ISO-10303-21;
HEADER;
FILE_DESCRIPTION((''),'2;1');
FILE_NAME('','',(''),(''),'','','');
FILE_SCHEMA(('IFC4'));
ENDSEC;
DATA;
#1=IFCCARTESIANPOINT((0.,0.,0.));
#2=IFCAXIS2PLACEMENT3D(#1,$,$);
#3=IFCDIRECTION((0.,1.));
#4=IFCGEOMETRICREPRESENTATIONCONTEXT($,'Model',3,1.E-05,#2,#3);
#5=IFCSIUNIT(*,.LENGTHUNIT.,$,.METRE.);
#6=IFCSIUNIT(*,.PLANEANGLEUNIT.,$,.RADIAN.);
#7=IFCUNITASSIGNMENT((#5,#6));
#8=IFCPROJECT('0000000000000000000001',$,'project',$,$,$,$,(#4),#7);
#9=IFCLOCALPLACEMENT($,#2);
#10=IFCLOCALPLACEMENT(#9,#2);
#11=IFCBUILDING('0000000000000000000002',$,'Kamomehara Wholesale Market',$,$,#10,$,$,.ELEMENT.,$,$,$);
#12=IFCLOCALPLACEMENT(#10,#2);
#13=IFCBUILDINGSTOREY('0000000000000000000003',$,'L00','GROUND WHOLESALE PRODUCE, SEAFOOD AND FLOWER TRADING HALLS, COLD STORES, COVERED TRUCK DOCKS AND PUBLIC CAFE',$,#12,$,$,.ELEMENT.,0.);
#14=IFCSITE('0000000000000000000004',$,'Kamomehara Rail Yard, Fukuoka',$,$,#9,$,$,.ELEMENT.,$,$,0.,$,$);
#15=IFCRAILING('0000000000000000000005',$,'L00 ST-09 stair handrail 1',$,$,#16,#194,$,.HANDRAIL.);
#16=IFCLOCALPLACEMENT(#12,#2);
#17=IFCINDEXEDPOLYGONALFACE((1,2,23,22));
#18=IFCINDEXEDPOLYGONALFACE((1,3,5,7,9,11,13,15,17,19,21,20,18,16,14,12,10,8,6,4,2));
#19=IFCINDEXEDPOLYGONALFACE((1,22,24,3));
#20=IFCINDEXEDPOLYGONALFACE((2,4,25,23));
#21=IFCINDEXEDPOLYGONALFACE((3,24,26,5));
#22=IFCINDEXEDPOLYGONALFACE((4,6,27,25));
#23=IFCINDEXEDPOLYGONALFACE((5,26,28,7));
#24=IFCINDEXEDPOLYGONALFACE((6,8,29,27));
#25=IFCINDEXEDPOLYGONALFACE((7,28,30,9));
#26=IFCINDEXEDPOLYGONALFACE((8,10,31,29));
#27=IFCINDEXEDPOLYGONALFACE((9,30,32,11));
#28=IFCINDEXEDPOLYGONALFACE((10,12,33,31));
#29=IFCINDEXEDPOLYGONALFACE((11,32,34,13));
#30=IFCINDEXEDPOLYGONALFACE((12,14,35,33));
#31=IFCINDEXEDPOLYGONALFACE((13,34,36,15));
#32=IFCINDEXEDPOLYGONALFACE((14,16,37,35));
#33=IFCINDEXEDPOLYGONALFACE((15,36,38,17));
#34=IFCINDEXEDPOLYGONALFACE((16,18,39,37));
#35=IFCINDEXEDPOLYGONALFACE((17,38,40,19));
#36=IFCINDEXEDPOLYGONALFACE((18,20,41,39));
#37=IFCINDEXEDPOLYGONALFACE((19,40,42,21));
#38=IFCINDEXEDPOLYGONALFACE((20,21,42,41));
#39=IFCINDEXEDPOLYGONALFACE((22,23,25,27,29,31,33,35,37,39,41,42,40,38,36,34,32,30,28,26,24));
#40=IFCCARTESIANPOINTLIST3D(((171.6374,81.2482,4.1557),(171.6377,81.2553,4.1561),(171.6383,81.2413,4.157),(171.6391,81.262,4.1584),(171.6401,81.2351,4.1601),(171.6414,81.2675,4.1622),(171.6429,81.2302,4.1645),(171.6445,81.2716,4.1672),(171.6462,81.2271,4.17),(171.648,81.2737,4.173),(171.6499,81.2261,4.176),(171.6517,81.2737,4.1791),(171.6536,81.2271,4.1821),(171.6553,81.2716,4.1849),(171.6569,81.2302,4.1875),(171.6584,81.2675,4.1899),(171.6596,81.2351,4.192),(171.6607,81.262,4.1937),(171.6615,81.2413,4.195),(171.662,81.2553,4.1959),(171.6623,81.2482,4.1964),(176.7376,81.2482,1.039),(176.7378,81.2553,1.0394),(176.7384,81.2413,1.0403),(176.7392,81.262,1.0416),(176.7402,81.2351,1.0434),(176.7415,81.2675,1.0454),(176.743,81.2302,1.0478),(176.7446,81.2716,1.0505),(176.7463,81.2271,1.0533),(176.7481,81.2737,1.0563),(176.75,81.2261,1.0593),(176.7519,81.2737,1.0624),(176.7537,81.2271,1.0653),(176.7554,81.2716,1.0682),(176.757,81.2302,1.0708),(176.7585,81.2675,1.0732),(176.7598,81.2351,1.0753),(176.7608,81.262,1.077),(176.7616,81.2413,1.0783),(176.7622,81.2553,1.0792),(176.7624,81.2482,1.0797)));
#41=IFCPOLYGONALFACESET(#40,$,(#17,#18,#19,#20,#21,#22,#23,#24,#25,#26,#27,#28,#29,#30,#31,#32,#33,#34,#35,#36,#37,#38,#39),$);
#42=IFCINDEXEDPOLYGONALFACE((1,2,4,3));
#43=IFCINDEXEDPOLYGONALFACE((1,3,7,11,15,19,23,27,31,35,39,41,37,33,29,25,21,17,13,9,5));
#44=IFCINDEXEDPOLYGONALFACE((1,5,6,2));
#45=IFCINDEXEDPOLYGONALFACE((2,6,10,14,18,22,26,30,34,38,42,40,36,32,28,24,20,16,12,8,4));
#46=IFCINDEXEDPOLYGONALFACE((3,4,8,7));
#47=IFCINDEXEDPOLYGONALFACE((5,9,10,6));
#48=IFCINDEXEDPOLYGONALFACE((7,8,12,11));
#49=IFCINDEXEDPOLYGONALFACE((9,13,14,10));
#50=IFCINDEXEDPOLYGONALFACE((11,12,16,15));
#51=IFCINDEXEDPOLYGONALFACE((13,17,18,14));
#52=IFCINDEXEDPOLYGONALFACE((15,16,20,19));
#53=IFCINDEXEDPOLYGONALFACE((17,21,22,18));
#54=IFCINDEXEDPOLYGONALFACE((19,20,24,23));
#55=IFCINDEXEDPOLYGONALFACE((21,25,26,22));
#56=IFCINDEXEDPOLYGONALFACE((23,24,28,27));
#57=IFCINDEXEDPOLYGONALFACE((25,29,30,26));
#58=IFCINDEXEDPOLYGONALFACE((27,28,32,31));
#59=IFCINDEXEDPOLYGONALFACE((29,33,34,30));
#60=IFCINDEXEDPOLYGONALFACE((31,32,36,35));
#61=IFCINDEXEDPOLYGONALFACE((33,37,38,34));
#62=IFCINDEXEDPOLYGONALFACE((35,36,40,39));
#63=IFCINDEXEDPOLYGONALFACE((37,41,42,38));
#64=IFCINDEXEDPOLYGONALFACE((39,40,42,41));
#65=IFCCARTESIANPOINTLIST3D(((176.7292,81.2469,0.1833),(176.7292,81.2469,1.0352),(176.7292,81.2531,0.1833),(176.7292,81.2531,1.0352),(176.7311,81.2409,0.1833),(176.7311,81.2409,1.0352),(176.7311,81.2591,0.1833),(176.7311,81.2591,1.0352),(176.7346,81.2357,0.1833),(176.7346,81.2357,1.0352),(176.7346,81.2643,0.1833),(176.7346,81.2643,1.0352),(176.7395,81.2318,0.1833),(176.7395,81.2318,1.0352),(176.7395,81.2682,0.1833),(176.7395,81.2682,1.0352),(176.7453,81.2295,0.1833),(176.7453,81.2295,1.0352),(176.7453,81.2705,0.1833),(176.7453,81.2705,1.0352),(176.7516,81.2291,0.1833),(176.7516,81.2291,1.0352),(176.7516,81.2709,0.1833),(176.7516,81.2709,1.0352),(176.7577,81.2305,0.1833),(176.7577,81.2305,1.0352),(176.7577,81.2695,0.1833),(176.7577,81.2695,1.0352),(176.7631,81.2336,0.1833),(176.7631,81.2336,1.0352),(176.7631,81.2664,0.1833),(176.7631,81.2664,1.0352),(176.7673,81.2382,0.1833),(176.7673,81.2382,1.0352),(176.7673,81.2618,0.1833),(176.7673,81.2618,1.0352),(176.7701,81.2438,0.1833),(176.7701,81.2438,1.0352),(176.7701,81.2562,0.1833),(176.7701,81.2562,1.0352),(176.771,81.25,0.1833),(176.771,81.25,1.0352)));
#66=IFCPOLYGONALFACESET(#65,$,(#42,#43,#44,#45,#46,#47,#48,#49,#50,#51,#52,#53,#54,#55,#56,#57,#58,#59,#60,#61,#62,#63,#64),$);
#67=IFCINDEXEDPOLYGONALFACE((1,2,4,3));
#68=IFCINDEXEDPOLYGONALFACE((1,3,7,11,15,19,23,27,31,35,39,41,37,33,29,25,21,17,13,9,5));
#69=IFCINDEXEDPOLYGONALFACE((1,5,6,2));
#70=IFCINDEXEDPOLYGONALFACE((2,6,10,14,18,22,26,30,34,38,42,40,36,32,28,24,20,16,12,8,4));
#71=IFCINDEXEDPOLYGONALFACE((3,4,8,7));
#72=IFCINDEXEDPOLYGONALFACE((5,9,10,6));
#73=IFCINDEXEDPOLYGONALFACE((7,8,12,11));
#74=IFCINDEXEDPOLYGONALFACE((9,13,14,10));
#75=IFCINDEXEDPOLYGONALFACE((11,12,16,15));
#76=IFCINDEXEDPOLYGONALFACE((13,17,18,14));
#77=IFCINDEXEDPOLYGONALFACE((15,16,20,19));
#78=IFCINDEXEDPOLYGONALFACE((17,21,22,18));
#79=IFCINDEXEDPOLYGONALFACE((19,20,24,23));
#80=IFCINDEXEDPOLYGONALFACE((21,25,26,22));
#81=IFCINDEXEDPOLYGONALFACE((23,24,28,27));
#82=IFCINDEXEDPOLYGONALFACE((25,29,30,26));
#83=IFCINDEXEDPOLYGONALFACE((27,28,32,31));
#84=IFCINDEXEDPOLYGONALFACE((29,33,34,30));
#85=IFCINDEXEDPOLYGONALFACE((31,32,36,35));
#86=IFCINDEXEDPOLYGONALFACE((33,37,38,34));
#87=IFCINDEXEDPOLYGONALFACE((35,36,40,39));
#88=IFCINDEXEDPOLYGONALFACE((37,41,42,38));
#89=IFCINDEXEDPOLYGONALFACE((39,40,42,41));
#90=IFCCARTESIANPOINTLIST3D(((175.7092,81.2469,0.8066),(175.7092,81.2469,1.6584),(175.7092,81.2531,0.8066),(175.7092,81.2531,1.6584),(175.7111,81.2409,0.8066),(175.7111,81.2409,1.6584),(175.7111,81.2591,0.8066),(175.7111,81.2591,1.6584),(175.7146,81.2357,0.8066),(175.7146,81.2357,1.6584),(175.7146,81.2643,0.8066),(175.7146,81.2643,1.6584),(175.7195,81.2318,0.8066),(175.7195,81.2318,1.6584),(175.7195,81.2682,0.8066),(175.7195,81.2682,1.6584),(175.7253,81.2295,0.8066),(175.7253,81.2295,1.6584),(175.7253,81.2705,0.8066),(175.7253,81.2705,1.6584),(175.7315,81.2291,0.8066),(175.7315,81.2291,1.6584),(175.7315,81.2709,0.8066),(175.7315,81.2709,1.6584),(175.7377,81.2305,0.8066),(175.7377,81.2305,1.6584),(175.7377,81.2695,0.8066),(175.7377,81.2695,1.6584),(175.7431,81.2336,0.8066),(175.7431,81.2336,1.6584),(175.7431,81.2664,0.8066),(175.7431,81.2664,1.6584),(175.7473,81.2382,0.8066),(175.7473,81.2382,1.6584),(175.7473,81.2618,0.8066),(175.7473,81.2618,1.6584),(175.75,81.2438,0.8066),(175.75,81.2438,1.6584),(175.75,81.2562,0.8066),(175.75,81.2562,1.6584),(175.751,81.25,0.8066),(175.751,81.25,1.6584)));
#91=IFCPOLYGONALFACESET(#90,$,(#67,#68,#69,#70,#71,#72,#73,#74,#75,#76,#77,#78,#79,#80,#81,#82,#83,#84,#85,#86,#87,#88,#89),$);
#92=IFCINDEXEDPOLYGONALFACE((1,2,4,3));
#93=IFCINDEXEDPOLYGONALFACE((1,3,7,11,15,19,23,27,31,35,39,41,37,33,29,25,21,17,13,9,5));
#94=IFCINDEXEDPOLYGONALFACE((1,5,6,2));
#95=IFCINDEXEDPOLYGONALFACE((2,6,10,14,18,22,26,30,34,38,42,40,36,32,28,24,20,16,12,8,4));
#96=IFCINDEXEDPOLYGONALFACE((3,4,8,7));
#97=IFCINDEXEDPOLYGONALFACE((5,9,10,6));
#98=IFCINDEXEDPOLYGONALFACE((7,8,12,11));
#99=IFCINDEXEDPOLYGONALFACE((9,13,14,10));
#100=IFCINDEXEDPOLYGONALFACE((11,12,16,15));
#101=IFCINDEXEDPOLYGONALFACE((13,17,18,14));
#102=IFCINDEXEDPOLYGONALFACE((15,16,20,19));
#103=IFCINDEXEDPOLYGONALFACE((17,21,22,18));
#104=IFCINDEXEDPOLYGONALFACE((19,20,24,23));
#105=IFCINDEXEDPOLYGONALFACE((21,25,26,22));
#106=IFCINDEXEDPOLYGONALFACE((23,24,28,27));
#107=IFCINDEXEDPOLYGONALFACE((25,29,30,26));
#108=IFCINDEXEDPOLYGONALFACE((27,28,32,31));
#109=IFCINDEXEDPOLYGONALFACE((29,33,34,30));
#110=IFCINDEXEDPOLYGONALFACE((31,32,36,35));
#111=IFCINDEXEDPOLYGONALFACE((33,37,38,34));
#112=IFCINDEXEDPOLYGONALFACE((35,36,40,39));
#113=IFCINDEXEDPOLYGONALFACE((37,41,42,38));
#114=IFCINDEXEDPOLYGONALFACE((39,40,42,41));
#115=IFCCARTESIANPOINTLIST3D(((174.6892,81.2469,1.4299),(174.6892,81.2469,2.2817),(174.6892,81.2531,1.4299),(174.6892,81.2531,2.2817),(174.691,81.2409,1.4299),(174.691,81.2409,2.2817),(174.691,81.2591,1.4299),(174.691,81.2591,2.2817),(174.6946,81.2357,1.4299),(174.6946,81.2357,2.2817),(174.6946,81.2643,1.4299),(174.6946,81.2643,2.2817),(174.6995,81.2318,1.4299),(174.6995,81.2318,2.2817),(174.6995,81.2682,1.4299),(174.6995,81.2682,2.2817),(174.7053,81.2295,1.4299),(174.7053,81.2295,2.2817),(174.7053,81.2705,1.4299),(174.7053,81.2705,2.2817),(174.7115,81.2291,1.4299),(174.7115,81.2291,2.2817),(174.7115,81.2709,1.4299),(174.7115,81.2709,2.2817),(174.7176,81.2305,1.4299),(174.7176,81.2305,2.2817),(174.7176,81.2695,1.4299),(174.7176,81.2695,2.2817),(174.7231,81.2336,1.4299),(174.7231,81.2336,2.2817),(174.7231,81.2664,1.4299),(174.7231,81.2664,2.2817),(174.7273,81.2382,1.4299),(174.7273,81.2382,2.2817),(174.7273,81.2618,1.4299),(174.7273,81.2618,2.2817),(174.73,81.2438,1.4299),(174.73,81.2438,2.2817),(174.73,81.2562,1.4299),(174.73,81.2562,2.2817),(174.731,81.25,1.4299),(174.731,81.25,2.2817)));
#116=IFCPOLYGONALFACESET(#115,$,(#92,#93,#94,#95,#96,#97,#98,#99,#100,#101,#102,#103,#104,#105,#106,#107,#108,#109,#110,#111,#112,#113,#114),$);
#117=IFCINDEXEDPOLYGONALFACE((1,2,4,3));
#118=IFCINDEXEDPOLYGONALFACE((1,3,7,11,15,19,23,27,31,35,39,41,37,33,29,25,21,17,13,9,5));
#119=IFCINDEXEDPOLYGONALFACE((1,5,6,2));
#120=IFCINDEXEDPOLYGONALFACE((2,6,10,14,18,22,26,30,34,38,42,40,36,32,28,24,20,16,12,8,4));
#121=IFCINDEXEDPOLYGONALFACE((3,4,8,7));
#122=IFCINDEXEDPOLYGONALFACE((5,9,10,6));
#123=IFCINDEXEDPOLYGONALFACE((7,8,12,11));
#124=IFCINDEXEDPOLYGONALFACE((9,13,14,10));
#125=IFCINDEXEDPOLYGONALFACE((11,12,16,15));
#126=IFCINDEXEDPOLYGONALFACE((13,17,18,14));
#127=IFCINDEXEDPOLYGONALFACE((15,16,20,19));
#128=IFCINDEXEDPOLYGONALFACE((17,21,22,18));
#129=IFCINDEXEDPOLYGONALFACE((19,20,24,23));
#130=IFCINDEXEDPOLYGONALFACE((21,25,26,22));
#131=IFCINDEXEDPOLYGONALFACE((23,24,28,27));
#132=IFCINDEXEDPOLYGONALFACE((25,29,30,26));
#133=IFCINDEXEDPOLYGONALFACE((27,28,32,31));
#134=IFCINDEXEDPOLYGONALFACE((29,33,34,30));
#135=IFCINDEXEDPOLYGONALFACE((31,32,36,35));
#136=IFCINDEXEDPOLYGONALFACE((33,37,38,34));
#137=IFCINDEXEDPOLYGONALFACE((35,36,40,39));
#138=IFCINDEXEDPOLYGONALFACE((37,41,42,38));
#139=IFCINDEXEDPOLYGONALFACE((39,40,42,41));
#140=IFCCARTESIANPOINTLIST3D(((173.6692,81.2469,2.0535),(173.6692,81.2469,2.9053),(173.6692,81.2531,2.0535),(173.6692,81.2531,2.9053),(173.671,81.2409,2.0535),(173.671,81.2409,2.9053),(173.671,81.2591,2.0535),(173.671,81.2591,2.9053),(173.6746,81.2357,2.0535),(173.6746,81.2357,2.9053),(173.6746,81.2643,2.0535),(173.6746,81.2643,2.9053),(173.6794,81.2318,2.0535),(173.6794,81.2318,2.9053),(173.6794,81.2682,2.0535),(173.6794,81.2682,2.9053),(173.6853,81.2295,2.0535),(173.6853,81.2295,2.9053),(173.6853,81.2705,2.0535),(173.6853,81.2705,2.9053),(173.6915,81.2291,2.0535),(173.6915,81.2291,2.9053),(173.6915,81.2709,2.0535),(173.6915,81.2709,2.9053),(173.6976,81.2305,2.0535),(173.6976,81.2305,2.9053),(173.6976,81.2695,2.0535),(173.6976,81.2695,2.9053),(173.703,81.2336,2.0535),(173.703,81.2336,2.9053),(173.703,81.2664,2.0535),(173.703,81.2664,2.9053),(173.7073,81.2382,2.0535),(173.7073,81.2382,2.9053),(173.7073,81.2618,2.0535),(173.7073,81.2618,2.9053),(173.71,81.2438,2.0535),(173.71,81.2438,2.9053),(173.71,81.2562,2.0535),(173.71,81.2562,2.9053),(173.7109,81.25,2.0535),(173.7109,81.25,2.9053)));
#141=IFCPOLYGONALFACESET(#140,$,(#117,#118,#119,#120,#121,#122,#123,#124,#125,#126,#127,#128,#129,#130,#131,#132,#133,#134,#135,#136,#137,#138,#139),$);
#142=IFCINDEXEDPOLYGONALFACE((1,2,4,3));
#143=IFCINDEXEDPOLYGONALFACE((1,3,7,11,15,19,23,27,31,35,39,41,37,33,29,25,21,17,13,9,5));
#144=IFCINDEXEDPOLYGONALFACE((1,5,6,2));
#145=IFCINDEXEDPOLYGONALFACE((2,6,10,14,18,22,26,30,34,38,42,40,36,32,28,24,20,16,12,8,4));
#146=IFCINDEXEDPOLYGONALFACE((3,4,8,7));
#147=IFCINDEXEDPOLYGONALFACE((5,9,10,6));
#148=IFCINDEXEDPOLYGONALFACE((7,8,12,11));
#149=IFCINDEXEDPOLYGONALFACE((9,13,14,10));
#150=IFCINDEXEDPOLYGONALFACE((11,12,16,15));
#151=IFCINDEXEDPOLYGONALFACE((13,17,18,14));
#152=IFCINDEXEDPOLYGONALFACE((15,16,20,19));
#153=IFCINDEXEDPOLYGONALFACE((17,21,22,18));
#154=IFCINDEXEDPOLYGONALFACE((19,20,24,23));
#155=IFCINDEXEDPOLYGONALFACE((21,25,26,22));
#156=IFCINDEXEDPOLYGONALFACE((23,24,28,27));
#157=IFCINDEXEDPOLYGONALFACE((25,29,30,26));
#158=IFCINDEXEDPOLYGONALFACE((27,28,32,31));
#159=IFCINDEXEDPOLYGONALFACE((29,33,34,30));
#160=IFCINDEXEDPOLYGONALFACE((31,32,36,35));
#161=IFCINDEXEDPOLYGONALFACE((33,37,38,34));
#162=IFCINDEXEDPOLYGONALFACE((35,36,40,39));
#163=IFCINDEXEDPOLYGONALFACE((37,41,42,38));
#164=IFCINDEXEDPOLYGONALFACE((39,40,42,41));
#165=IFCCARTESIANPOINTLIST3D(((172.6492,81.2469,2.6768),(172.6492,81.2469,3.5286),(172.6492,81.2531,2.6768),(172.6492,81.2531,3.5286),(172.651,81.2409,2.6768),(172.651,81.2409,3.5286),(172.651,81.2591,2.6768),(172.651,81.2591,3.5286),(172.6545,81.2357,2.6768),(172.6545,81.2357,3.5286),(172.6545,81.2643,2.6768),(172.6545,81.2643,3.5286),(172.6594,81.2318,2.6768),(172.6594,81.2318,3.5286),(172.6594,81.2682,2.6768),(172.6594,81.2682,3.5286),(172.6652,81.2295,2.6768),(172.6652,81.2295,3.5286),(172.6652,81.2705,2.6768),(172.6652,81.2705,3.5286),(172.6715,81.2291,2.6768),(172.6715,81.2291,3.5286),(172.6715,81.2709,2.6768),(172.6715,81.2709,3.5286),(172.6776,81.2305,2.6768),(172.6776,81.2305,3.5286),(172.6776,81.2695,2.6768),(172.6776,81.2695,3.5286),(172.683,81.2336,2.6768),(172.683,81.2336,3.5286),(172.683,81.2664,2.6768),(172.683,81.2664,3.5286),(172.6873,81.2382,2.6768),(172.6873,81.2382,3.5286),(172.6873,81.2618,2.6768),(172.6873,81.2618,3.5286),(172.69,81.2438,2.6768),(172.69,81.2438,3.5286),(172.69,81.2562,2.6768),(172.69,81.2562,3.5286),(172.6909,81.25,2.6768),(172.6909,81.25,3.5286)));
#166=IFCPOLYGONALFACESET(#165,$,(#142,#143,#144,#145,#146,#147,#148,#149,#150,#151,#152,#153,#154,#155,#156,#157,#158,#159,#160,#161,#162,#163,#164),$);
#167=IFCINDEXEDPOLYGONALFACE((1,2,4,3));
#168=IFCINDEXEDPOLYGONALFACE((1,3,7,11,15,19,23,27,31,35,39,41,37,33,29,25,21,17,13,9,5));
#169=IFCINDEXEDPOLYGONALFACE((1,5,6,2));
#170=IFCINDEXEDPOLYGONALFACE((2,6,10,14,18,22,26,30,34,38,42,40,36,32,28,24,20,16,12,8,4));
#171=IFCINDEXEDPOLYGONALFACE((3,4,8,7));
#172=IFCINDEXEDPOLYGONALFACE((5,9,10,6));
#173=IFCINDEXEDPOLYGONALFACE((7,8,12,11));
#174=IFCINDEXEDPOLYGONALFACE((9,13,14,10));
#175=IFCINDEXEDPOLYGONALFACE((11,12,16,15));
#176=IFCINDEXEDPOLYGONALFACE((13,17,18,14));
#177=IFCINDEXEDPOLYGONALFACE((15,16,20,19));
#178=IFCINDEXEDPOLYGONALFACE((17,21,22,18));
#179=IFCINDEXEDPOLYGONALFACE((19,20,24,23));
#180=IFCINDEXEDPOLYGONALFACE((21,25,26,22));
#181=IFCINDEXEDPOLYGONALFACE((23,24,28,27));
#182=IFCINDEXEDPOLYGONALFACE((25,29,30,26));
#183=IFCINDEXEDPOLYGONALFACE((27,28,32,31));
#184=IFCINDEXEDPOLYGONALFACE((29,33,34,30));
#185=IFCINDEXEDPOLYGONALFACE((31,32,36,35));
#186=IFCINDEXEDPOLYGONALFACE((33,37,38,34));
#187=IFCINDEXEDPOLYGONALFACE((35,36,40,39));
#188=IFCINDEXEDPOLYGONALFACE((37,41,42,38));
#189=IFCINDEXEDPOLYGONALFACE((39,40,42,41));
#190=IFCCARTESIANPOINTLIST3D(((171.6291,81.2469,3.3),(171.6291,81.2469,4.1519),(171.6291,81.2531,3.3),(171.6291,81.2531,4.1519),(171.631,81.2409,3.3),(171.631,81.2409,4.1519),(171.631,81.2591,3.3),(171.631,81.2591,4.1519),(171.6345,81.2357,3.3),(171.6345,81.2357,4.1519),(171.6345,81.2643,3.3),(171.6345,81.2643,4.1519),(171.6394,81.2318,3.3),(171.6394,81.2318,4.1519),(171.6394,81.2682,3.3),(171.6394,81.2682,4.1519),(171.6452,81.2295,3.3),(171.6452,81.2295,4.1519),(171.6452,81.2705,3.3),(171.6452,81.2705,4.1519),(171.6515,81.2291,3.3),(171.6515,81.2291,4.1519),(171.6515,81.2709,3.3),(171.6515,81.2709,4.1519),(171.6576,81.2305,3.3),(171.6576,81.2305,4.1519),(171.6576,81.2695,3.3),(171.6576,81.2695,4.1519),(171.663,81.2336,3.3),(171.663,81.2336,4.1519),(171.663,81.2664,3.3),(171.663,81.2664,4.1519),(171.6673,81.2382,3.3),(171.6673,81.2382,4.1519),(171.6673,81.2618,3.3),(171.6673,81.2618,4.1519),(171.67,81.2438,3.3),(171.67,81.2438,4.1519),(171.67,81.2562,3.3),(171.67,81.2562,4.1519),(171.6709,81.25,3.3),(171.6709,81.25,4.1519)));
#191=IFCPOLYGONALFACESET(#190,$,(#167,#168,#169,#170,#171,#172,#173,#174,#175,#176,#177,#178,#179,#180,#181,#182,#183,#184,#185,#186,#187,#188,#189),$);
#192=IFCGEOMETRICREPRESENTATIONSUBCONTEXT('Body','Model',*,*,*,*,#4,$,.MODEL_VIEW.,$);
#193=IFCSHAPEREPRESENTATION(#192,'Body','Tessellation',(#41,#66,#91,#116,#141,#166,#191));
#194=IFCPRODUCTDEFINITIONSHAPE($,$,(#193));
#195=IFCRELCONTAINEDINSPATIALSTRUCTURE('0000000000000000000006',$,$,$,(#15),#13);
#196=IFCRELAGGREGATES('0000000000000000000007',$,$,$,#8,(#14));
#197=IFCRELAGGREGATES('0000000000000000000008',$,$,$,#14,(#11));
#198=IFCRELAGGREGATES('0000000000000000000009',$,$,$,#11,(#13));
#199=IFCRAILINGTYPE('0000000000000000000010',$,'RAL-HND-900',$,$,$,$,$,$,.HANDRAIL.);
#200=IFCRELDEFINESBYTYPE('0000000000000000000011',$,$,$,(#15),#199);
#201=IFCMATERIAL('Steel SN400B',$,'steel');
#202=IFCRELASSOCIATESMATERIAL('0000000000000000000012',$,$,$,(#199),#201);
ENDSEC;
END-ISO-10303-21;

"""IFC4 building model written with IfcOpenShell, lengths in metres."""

from ifc_helpers import new_model, si_unit, direction, frame, origin, origin_2d, place, context, subcontext, project, spatial, circle, extrude, material, type_object, element, save


model = new_model("IFC4")

# Units and contexts
model_context = context("Model", 3, precision=1e-05, world=origin(), true_north=direction((0.0, 1.0)))
body_context = subcontext(model_context, "Body", "Model", "MODEL_VIEW")
ifc_project = project(units=[si_unit("LENGTHUNIT", "METRE"), si_unit("PLANEANGLEUNIT", "RADIAN")], contexts=[model_context])

# Site, building, storey
site_placement = place(None, origin())
site = spatial("IfcSite", under=ifc_project, at=site_placement, Name="Kamomehara Rail Yard, Fukuoka", CompositionType="ELEMENT", RefElevation=0.0)
building_placement = place(site_placement, origin())
building = spatial("IfcBuilding", under=site, at=building_placement, Name="Kamomehara Wholesale Market", CompositionType="ELEMENT")
storey_placement = place(building_placement, origin())
storey = spatial("IfcBuildingStorey", under=building, at=storey_placement, Name="L00", Description="GROUND WHOLESALE PRODUCE, SEAFOOD AND FLOWER TRADING HALLS, COLD STORES, COVERED TRUCK DOCKS AND PUBLIC CAFE", CompositionType="ELEMENT", Elevation=0.0)

# Railing
ifc_material_1 = material(Name="Steel SN400B", Category="steel")
railing_type_1 = type_object("IfcRailingType", Name="RAL-HND-900", PredefinedType="HANDRAIL", material=ifc_material_1)
railing_1_placement = place(storey_placement, frame((176.75, 81.25, 0.1833)))
element("IfcRailing", 1, at=railing_1_placement, inside=storey, type_object=railing_type_1, Name="L00 ST-09 stair handrail 1", PredefinedType="HANDRAIL", context=body_context, shape_type="SweptSolid", body=[
    extrude(circle(Radius=0.0239, at=origin_2d()), frame((0.0, 0.0, 0.876), z_axis=(-0.853284, 0.0, 0.521447), x_axis=(0.0, -1.0, 0.0)), (0.0, 0.0, 1.0), 5.9771),
    extrude(circle(Radius=0.021, at=origin_2d()), origin(), (0.0, 0.0, 1.0), 0.8518),
    extrude(circle(Radius=0.021, at=origin_2d()), frame((-1.02, 0.0, 0.6233)), (0.0, 0.0, 1.0), 0.8518),
    extrude(circle(Radius=0.021, at=origin_2d()), frame((-2.04, 0.0, 1.2466)), (0.0, 0.0, 1.0), 0.8518),
    extrude(circle(Radius=0.021, at=origin_2d()), frame((-3.0601, 0.0, 1.8701)), (0.0, 0.0, 1.0), 0.8518),
    extrude(circle(Radius=0.021, at=origin_2d()), frame((-4.0801, 0.0, 2.4934)), (0.0, 0.0, 1.0), 0.8518),
    extrude(circle(Radius=0.021, at=origin_2d()), frame((-5.1001, 0.0, 3.1167)), (0.0, 0.0, 1.0), 0.8518),
])

save(model, "model.ifc")
